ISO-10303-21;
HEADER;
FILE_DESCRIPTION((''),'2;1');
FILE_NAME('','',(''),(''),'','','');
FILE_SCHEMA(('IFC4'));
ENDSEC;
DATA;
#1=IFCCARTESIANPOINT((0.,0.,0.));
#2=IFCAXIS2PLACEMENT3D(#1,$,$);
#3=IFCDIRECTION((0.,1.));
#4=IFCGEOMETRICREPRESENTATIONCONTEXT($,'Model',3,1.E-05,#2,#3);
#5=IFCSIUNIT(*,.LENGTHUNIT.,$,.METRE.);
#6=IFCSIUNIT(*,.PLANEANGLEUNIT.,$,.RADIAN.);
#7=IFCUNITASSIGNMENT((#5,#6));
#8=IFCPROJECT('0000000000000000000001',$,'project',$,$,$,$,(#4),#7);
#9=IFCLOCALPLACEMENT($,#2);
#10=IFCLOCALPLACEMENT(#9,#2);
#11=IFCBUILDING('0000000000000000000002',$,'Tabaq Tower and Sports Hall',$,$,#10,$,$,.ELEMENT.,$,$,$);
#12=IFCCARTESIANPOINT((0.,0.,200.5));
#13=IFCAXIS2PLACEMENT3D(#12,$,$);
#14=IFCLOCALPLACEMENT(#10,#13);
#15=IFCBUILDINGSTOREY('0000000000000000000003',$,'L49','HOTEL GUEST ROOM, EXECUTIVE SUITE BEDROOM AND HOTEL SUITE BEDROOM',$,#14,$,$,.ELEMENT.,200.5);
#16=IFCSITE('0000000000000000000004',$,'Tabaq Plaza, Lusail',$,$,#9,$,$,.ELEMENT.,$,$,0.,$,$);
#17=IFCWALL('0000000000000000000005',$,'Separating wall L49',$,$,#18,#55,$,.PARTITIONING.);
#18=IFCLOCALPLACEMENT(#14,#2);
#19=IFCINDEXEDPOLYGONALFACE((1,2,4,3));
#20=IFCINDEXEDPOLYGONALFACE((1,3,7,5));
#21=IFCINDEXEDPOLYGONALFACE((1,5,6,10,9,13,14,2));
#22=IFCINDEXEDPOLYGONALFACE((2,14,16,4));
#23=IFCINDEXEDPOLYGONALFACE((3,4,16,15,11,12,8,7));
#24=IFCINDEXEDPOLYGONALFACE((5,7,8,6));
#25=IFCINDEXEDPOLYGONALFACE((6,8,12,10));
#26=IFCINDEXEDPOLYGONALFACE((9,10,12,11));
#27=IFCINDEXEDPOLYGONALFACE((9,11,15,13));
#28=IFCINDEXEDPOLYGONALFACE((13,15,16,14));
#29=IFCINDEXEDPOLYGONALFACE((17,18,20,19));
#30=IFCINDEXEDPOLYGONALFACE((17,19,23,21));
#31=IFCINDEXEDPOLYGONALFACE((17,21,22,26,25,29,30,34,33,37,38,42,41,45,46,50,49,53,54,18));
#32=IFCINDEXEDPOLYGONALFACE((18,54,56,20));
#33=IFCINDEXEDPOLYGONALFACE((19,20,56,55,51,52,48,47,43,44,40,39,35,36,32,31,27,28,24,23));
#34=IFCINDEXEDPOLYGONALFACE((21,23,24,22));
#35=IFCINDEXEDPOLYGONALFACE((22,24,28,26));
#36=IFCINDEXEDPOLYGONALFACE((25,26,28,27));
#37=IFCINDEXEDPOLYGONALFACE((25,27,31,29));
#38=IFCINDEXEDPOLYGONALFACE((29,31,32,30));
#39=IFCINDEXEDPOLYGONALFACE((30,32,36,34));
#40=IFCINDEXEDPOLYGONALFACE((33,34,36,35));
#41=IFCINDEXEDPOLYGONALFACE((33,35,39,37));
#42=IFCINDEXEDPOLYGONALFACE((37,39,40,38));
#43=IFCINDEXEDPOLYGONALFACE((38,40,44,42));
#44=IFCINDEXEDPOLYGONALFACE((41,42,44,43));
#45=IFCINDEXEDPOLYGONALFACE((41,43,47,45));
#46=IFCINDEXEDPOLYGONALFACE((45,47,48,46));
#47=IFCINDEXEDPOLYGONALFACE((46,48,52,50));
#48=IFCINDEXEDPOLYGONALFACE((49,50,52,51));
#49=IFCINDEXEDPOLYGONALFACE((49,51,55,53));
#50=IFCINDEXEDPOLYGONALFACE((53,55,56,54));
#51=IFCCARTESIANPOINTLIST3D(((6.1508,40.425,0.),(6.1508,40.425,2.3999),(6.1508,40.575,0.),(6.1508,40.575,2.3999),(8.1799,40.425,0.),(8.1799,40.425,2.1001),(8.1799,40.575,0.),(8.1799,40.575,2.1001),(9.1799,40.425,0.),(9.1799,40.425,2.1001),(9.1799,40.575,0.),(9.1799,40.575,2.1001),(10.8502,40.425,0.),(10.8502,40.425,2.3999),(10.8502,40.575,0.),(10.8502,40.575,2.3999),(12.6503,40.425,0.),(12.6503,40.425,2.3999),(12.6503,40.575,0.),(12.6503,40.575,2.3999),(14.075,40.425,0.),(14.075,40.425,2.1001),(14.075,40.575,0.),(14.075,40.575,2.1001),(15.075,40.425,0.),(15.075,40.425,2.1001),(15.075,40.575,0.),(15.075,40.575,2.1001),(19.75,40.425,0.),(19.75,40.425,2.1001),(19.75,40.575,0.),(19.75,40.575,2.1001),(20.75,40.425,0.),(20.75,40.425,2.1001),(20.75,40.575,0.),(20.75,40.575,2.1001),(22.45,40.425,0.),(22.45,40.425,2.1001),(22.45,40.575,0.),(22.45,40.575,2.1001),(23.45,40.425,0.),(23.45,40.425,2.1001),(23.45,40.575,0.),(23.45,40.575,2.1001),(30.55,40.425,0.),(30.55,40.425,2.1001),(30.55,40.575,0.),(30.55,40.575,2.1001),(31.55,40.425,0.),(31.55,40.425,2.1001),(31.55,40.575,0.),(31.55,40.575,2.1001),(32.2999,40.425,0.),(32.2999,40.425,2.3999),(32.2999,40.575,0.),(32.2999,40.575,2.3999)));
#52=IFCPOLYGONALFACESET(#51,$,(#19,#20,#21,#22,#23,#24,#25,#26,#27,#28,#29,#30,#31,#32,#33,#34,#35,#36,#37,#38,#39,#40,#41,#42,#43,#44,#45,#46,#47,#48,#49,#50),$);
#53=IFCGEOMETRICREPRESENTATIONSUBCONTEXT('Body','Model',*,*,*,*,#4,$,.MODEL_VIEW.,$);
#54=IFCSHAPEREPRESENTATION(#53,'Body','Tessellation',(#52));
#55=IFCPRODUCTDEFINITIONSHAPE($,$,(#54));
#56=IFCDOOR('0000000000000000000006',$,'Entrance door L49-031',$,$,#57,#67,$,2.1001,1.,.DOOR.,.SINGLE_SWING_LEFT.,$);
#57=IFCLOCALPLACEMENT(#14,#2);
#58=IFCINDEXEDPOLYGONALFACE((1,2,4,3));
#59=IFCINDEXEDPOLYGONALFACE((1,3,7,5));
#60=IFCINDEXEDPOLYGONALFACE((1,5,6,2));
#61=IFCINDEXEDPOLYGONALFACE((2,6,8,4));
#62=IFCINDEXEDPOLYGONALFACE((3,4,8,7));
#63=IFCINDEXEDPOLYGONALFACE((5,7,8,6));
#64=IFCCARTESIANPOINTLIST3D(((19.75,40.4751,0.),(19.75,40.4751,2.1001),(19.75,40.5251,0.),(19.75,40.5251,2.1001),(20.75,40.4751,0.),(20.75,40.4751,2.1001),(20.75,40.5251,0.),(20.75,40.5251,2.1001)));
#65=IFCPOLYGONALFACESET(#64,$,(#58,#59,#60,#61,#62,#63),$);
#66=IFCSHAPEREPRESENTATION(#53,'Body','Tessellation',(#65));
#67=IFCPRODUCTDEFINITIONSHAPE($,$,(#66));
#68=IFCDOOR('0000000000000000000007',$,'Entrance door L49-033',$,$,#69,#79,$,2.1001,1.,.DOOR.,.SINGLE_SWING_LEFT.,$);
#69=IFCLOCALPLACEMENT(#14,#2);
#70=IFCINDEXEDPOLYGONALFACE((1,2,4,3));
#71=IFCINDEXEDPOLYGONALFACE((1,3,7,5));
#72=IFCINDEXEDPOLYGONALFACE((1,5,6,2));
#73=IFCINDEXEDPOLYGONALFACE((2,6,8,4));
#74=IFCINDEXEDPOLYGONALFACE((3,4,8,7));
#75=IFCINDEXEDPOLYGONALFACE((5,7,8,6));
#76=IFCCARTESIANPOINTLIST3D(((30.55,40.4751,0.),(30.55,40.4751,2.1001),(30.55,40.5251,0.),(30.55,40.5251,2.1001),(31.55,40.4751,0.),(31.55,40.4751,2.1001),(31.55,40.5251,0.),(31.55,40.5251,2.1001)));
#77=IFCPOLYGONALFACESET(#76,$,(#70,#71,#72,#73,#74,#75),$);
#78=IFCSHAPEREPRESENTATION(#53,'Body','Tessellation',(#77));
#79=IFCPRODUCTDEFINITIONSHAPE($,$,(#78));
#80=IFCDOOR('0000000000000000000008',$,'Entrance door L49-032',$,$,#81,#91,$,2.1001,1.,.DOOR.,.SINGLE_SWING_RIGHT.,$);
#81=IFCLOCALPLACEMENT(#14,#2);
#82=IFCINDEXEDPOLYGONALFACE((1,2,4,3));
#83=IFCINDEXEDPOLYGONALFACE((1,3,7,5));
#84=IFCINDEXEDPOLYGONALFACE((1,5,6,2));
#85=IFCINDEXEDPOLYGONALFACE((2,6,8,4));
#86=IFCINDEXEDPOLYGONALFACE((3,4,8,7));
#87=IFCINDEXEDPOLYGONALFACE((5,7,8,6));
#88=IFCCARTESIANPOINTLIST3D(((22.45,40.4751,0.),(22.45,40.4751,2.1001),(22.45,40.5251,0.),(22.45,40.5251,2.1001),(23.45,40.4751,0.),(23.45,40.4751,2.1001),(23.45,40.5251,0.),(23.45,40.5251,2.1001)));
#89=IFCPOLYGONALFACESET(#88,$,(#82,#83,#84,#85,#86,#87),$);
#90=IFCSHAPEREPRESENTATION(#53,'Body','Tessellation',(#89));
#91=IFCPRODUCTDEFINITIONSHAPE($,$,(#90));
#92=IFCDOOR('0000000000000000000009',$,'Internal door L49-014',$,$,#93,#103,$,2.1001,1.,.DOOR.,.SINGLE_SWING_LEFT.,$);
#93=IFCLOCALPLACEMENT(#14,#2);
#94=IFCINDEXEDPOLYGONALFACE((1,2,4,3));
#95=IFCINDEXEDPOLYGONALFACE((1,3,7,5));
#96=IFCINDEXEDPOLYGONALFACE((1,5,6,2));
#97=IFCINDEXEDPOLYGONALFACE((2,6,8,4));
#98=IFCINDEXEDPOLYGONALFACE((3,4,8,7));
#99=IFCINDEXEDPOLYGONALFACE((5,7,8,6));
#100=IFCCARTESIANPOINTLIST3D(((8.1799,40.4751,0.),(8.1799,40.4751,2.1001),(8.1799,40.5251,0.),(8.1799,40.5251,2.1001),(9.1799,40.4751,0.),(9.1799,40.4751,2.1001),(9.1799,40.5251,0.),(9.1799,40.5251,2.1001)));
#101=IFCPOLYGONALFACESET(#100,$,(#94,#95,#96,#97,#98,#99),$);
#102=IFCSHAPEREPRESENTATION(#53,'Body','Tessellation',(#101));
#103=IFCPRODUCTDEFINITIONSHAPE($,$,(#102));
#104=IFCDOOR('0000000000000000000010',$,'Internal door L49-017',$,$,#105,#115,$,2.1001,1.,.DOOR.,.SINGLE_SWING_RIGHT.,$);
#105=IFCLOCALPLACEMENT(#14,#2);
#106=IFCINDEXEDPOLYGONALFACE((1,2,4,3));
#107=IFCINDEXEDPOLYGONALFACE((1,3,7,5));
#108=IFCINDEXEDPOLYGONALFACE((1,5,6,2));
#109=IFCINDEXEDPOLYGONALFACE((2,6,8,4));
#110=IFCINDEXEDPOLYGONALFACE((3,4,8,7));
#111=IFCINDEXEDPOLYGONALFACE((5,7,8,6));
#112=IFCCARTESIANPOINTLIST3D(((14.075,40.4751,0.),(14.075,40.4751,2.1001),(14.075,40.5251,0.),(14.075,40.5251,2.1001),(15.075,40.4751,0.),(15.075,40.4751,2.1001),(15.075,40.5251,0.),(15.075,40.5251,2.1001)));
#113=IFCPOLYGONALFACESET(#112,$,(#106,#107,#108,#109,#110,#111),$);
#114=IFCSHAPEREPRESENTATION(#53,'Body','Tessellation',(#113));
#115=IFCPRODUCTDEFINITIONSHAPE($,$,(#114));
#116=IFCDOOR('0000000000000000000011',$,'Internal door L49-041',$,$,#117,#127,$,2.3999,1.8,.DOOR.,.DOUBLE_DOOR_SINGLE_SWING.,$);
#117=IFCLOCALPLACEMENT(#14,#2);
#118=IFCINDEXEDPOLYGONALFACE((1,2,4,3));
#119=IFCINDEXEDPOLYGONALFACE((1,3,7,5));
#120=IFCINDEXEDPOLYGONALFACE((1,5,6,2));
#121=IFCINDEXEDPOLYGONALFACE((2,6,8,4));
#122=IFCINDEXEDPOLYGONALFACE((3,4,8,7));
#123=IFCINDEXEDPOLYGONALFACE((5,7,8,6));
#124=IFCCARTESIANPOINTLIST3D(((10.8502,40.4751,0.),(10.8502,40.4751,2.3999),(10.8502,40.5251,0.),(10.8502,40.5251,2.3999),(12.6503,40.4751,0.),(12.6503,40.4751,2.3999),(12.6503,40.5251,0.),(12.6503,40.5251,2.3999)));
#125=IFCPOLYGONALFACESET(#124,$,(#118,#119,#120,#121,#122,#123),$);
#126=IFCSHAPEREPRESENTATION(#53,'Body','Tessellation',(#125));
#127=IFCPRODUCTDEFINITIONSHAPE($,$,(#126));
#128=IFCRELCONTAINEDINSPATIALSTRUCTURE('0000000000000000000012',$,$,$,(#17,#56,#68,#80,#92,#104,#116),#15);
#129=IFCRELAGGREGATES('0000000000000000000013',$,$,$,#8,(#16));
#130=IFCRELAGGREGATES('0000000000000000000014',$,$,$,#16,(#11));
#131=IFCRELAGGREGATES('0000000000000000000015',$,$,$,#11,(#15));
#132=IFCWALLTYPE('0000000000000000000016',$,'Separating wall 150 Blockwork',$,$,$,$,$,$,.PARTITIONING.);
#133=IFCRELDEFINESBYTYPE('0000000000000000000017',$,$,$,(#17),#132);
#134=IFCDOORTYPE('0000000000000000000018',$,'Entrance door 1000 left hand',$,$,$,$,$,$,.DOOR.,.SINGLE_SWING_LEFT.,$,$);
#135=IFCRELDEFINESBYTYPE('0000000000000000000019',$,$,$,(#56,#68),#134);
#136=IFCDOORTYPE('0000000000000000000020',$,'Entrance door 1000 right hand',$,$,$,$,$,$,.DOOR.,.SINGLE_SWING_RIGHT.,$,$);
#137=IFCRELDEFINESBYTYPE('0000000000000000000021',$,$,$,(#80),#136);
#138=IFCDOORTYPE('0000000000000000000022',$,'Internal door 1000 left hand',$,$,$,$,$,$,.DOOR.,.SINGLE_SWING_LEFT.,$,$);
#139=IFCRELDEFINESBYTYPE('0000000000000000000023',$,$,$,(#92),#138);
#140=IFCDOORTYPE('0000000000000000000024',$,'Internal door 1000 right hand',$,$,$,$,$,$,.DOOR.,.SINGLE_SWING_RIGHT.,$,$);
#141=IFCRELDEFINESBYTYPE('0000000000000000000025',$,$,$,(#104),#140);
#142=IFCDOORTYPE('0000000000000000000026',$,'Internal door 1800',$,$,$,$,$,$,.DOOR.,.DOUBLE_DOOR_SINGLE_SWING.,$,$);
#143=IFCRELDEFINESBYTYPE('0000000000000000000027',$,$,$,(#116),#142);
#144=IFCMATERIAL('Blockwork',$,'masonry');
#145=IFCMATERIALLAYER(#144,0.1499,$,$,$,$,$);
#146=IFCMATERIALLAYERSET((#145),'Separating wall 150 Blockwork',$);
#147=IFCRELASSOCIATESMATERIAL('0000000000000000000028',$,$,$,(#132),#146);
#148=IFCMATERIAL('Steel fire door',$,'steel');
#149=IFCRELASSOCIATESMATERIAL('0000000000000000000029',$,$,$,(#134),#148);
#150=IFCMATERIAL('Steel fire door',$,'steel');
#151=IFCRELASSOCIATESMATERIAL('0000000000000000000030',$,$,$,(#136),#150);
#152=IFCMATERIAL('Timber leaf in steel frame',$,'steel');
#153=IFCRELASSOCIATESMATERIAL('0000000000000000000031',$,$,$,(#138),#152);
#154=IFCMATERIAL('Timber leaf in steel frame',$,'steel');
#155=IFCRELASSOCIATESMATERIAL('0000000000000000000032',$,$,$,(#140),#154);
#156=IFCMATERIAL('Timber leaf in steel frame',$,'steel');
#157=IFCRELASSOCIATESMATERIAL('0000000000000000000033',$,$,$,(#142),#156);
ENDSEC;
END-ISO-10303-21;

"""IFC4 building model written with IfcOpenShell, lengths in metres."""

from ifc_helpers import new_model, si_unit, direction, frame, frame_2d, origin, place, context, subcontext, project, spatial, rectangle, extrude, material, layer, layer_set, type_object, element, fill, save


model = new_model("IFC4")

# Units and contexts
model_context = context("Model", 3, precision=1e-05, world=origin(), true_north=direction((0.0, 1.0)))
body_context = subcontext(model_context, "Body", "Model", "MODEL_VIEW")
ifc_project = project(units=[si_unit("LENGTHUNIT", "METRE"), si_unit("PLANEANGLEUNIT", "RADIAN")], contexts=[model_context])

# Site, building, storey
site_placement = place(None, origin())
site = spatial("IfcSite", under=ifc_project, at=site_placement, Name="Tabaq Plaza, Lusail", CompositionType="ELEMENT", RefElevation=0.0)
building_placement = place(site_placement, origin())
building = spatial("IfcBuilding", under=site, at=building_placement, Name="Tabaq Tower and Sports Hall", CompositionType="ELEMENT")
storey_placement = place(building_placement, frame((0.0, 0.0, 200.5)))
storey = spatial("IfcBuildingStorey", under=building, at=storey_placement, Name="L49", Description="HOTEL GUEST ROOM, EXECUTIVE SUITE BEDROOM AND HOTEL SUITE BEDROOM", CompositionType="ELEMENT", Elevation=200.5)

# Shared definitions
ifc_material_1 = material(Name="Blockwork", Category="masonry")
ifc_layer_1 = layer(ifc_material_1, 0.1499)
ifc_layer_set_1 = layer_set([ifc_layer_1], Name="Separating wall 150 Blockwork")
wall_type_1 = type_object("IfcWallType", Name="Separating wall 150 Blockwork", PredefinedType="PARTITIONING", material=ifc_layer_set_1)

# Wall, openings, doors
wall_1_placement = place(storey_placement, frame((32.3, 40.5, 0.0), z_axis=(0.0, 0.0, 1.0), x_axis=(-1.0, 0.0, 0.0)))
wall_1 = element("IfcWall", 1, at=wall_1_placement, inside=storey, type_object=wall_type_1, Name="Separating wall L49", PredefinedType="PARTITIONING", context=body_context, shape_type="SweptSolid", body=[
    extrude(rectangle(XDim=26.1492, YDim=0.1499, at=frame_2d((13.0747, 0.0))), origin(), (0.0, 0.0, 1.0), 2.3999),
])
opening_1_placement = place(wall_1_placement, frame((23.1201, 0.0, 0.0)))
opening_1 = element("IfcOpeningElement", 2, at=opening_1_placement, cuts=wall_1, PredefinedType="OPENING", context=body_context, shape_type="SweptSolid", body=[
    extrude(rectangle(XDim=1.0, YDim=2.1001, at=frame_2d((0.5, 1.05))), frame((0.0, 0.075, 0.0), z_axis=(0.0, -1.0, 0.0), x_axis=(1.0, 0.0, 0.0)), (0.0, 0.0, 1.0), 0.1499),
])
opening_2_placement = place(wall_1_placement, frame((17.2251, 0.0, 0.0)))
opening_2 = element("IfcOpeningElement", 3, at=opening_2_placement, cuts=wall_1, PredefinedType="OPENING", context=body_context, shape_type="SweptSolid", body=[
    extrude(rectangle(XDim=1.0, YDim=2.1001, at=frame_2d((0.5, 1.05))), frame((0.0, 0.075, 0.0), z_axis=(0.0, -1.0, 0.0), x_axis=(1.0, 0.0, 0.0)), (0.0, 0.0, 1.0), 0.1499),
])
opening_3_placement = place(wall_1_placement, frame((11.55, 0.0, 0.0)))
opening_3 = element("IfcOpeningElement", 4, at=opening_3_placement, cuts=wall_1, PredefinedType="OPENING", context=body_context, shape_type="SweptSolid", body=[
    extrude(rectangle(XDim=1.0, YDim=2.1001, at=frame_2d((0.5, 1.05))), frame((0.0, 0.075, 0.0), z_axis=(0.0, -1.0, 0.0), x_axis=(1.0, 0.0, 0.0)), (0.0, 0.0, 1.0), 0.1499),
])
opening_4_placement = place(wall_1_placement, frame((8.8501, 0.0, 0.0)))
opening_4 = element("IfcOpeningElement", 5, at=opening_4_placement, cuts=wall_1, PredefinedType="OPENING", context=body_context, shape_type="SweptSolid", body=[
    extrude(rectangle(XDim=1.0, YDim=2.1001, at=frame_2d((0.5, 1.05))), frame((0.0, 0.075, 0.0), z_axis=(0.0, -1.0, 0.0), x_axis=(1.0, 0.0, 0.0)), (0.0, 0.0, 1.0), 0.1499),
])
opening_5_placement = place(wall_1_placement, frame((0.75, 0.0, 0.0)))
opening_5 = element("IfcOpeningElement", 6, at=opening_5_placement, cuts=wall_1, PredefinedType="OPENING", context=body_context, shape_type="SweptSolid", body=[
    extrude(rectangle(XDim=1.0, YDim=2.1001, at=frame_2d((0.5, 1.05))), frame((0.0, 0.075, 0.0), z_axis=(0.0, -1.0, 0.0), x_axis=(1.0, 0.0, 0.0)), (0.0, 0.0, 1.0), 0.1499),
])
opening_6_placement = place(wall_1_placement, frame((19.6499, 0.0, 0.0)))
opening_6 = element("IfcOpeningElement", 7, at=opening_6_placement, cuts=wall_1, PredefinedType="OPENING", context=body_context, shape_type="SweptSolid", body=[
    extrude(rectangle(XDim=1.8, YDim=2.3999, at=frame_2d((0.8999, 1.2))), frame((0.0, 0.075, 0.0), z_axis=(0.0, -1.0, 0.0), x_axis=(1.0, 0.0, 0.0)), (0.0, 0.0, 1.0), 0.1499),
])
ifc_material_2 = material(Name="Steel fire door", Category="steel")
door_type_1 = type_object("IfcDoorType", Name="Entrance door 1000 left hand", OperationType="SINGLE_SWING_LEFT", PredefinedType="DOOR", material=ifc_material_2)
door_1_placement = place(opening_3_placement, origin())
door_1 = element("IfcDoor", 8, at=door_1_placement, inside=storey, type_object=door_type_1, Name="Entrance door L49-031", OperationType="SINGLE_SWING_LEFT", OverallHeight=2.1001, OverallWidth=1.0, PredefinedType="DOOR", context=body_context, shape_type="SweptSolid", body=[
    extrude(rectangle(XDim=1.0, YDim=2.1001, at=frame_2d((0.5, 1.05))), frame((0.0, 0.0249, 0.0), z_axis=(0.0, -1.0, 0.0), x_axis=(1.0, 0.0, 0.0)), (0.0, 0.0, 1.0), 0.05),
])
fill(opening_3, door_1)
door_2_placement = place(opening_5_placement, origin())
door_2 = element("IfcDoor", 9, at=door_2_placement, inside=storey, type_object=door_type_1, Name="Entrance door L49-033", OperationType="SINGLE_SWING_LEFT", OverallHeight=2.1001, OverallWidth=1.0, PredefinedType="DOOR", context=body_context, shape_type="SweptSolid", body=[
    extrude(rectangle(XDim=1.0, YDim=2.1001, at=frame_2d((0.5, 1.05))), frame((0.0, 0.0249, 0.0), z_axis=(0.0, -1.0, 0.0), x_axis=(1.0, 0.0, 0.0)), (0.0, 0.0, 1.0), 0.05),
])
fill(opening_5, door_2)
ifc_material_3 = material(Name="Steel fire door", Category="steel")
door_type_2 = type_object("IfcDoorType", Name="Entrance door 1000 right hand", OperationType="SINGLE_SWING_RIGHT", PredefinedType="DOOR", material=ifc_material_3)
door_3_placement = place(opening_4_placement, origin())
door_3 = element("IfcDoor", 10, at=door_3_placement, inside=storey, type_object=door_type_2, Name="Entrance door L49-032", OperationType="SINGLE_SWING_RIGHT", OverallHeight=2.1001, OverallWidth=1.0, PredefinedType="DOOR", context=body_context, shape_type="SweptSolid", body=[
    extrude(rectangle(XDim=1.0, YDim=2.1001, at=frame_2d((0.5, 1.05))), frame((0.0, 0.0249, 0.0), z_axis=(0.0, -1.0, 0.0), x_axis=(1.0, 0.0, 0.0)), (0.0, 0.0, 1.0), 0.05),
])
fill(opening_4, door_3)
ifc_material_4 = material(Name="Timber leaf in steel frame", Category="steel")
door_type_3 = type_object("IfcDoorType", Name="Internal door 1000 left hand", OperationType="SINGLE_SWING_LEFT", PredefinedType="DOOR", material=ifc_material_4)
door_4_placement = place(opening_1_placement, origin())
door_4 = element("IfcDoor", 11, at=door_4_placement, inside=storey, type_object=door_type_3, Name="Internal door L49-014", OperationType="SINGLE_SWING_LEFT", OverallHeight=2.1001, OverallWidth=1.0, PredefinedType="DOOR", context=body_context, shape_type="SweptSolid", body=[
    extrude(rectangle(XDim=1.0, YDim=2.1001, at=frame_2d((0.5, 1.05))), frame((0.0, 0.0249, 0.0), z_axis=(0.0, -1.0, 0.0), x_axis=(1.0, 0.0, 0.0)), (0.0, 0.0, 1.0), 0.05),
])
fill(opening_1, door_4)
ifc_material_5 = material(Name="Timber leaf in steel frame", Category="steel")
door_type_4 = type_object("IfcDoorType", Name="Internal door 1000 right hand", OperationType="SINGLE_SWING_RIGHT", PredefinedType="DOOR", material=ifc_material_5)
door_5_placement = place(opening_2_placement, origin())
door_5 = element("IfcDoor", 12, at=door_5_placement, inside=storey, type_object=door_type_4, Name="Internal door L49-017", OperationType="SINGLE_SWING_RIGHT", OverallHeight=2.1001, OverallWidth=1.0, PredefinedType="DOOR", context=body_context, shape_type="SweptSolid", body=[
    extrude(rectangle(XDim=1.0, YDim=2.1001, at=frame_2d((0.5, 1.05))), frame((0.0, 0.0249, 0.0), z_axis=(0.0, -1.0, 0.0), x_axis=(1.0, 0.0, 0.0)), (0.0, 0.0, 1.0), 0.05),
])
fill(opening_2, door_5)
ifc_material_6 = material(Name="Timber leaf in steel frame", Category="steel")
door_type_5 = type_object("IfcDoorType", Name="Internal door 1800", OperationType="DOUBLE_DOOR_SINGLE_SWING", PredefinedType="DOOR", material=ifc_material_6)
door_6_placement = place(opening_6_placement, origin())
door_6 = element("IfcDoor", 13, at=door_6_placement, inside=storey, type_object=door_type_5, Name="Internal door L49-041", OperationType="DOUBLE_DOOR_SINGLE_SWING", OverallHeight=2.3999, OverallWidth=1.8, PredefinedType="DOOR", context=body_context, shape_type="SweptSolid", body=[
    extrude(rectangle(XDim=1.8, YDim=2.3999, at=frame_2d((0.8999, 1.2))), frame((0.0, 0.0249, 0.0), z_axis=(0.0, -1.0, 0.0), x_axis=(1.0, 0.0, 0.0)), (0.0, 0.0, 1.0), 0.05),
])
fill(opening_6, door_6)

save(model, "model.ifc")
